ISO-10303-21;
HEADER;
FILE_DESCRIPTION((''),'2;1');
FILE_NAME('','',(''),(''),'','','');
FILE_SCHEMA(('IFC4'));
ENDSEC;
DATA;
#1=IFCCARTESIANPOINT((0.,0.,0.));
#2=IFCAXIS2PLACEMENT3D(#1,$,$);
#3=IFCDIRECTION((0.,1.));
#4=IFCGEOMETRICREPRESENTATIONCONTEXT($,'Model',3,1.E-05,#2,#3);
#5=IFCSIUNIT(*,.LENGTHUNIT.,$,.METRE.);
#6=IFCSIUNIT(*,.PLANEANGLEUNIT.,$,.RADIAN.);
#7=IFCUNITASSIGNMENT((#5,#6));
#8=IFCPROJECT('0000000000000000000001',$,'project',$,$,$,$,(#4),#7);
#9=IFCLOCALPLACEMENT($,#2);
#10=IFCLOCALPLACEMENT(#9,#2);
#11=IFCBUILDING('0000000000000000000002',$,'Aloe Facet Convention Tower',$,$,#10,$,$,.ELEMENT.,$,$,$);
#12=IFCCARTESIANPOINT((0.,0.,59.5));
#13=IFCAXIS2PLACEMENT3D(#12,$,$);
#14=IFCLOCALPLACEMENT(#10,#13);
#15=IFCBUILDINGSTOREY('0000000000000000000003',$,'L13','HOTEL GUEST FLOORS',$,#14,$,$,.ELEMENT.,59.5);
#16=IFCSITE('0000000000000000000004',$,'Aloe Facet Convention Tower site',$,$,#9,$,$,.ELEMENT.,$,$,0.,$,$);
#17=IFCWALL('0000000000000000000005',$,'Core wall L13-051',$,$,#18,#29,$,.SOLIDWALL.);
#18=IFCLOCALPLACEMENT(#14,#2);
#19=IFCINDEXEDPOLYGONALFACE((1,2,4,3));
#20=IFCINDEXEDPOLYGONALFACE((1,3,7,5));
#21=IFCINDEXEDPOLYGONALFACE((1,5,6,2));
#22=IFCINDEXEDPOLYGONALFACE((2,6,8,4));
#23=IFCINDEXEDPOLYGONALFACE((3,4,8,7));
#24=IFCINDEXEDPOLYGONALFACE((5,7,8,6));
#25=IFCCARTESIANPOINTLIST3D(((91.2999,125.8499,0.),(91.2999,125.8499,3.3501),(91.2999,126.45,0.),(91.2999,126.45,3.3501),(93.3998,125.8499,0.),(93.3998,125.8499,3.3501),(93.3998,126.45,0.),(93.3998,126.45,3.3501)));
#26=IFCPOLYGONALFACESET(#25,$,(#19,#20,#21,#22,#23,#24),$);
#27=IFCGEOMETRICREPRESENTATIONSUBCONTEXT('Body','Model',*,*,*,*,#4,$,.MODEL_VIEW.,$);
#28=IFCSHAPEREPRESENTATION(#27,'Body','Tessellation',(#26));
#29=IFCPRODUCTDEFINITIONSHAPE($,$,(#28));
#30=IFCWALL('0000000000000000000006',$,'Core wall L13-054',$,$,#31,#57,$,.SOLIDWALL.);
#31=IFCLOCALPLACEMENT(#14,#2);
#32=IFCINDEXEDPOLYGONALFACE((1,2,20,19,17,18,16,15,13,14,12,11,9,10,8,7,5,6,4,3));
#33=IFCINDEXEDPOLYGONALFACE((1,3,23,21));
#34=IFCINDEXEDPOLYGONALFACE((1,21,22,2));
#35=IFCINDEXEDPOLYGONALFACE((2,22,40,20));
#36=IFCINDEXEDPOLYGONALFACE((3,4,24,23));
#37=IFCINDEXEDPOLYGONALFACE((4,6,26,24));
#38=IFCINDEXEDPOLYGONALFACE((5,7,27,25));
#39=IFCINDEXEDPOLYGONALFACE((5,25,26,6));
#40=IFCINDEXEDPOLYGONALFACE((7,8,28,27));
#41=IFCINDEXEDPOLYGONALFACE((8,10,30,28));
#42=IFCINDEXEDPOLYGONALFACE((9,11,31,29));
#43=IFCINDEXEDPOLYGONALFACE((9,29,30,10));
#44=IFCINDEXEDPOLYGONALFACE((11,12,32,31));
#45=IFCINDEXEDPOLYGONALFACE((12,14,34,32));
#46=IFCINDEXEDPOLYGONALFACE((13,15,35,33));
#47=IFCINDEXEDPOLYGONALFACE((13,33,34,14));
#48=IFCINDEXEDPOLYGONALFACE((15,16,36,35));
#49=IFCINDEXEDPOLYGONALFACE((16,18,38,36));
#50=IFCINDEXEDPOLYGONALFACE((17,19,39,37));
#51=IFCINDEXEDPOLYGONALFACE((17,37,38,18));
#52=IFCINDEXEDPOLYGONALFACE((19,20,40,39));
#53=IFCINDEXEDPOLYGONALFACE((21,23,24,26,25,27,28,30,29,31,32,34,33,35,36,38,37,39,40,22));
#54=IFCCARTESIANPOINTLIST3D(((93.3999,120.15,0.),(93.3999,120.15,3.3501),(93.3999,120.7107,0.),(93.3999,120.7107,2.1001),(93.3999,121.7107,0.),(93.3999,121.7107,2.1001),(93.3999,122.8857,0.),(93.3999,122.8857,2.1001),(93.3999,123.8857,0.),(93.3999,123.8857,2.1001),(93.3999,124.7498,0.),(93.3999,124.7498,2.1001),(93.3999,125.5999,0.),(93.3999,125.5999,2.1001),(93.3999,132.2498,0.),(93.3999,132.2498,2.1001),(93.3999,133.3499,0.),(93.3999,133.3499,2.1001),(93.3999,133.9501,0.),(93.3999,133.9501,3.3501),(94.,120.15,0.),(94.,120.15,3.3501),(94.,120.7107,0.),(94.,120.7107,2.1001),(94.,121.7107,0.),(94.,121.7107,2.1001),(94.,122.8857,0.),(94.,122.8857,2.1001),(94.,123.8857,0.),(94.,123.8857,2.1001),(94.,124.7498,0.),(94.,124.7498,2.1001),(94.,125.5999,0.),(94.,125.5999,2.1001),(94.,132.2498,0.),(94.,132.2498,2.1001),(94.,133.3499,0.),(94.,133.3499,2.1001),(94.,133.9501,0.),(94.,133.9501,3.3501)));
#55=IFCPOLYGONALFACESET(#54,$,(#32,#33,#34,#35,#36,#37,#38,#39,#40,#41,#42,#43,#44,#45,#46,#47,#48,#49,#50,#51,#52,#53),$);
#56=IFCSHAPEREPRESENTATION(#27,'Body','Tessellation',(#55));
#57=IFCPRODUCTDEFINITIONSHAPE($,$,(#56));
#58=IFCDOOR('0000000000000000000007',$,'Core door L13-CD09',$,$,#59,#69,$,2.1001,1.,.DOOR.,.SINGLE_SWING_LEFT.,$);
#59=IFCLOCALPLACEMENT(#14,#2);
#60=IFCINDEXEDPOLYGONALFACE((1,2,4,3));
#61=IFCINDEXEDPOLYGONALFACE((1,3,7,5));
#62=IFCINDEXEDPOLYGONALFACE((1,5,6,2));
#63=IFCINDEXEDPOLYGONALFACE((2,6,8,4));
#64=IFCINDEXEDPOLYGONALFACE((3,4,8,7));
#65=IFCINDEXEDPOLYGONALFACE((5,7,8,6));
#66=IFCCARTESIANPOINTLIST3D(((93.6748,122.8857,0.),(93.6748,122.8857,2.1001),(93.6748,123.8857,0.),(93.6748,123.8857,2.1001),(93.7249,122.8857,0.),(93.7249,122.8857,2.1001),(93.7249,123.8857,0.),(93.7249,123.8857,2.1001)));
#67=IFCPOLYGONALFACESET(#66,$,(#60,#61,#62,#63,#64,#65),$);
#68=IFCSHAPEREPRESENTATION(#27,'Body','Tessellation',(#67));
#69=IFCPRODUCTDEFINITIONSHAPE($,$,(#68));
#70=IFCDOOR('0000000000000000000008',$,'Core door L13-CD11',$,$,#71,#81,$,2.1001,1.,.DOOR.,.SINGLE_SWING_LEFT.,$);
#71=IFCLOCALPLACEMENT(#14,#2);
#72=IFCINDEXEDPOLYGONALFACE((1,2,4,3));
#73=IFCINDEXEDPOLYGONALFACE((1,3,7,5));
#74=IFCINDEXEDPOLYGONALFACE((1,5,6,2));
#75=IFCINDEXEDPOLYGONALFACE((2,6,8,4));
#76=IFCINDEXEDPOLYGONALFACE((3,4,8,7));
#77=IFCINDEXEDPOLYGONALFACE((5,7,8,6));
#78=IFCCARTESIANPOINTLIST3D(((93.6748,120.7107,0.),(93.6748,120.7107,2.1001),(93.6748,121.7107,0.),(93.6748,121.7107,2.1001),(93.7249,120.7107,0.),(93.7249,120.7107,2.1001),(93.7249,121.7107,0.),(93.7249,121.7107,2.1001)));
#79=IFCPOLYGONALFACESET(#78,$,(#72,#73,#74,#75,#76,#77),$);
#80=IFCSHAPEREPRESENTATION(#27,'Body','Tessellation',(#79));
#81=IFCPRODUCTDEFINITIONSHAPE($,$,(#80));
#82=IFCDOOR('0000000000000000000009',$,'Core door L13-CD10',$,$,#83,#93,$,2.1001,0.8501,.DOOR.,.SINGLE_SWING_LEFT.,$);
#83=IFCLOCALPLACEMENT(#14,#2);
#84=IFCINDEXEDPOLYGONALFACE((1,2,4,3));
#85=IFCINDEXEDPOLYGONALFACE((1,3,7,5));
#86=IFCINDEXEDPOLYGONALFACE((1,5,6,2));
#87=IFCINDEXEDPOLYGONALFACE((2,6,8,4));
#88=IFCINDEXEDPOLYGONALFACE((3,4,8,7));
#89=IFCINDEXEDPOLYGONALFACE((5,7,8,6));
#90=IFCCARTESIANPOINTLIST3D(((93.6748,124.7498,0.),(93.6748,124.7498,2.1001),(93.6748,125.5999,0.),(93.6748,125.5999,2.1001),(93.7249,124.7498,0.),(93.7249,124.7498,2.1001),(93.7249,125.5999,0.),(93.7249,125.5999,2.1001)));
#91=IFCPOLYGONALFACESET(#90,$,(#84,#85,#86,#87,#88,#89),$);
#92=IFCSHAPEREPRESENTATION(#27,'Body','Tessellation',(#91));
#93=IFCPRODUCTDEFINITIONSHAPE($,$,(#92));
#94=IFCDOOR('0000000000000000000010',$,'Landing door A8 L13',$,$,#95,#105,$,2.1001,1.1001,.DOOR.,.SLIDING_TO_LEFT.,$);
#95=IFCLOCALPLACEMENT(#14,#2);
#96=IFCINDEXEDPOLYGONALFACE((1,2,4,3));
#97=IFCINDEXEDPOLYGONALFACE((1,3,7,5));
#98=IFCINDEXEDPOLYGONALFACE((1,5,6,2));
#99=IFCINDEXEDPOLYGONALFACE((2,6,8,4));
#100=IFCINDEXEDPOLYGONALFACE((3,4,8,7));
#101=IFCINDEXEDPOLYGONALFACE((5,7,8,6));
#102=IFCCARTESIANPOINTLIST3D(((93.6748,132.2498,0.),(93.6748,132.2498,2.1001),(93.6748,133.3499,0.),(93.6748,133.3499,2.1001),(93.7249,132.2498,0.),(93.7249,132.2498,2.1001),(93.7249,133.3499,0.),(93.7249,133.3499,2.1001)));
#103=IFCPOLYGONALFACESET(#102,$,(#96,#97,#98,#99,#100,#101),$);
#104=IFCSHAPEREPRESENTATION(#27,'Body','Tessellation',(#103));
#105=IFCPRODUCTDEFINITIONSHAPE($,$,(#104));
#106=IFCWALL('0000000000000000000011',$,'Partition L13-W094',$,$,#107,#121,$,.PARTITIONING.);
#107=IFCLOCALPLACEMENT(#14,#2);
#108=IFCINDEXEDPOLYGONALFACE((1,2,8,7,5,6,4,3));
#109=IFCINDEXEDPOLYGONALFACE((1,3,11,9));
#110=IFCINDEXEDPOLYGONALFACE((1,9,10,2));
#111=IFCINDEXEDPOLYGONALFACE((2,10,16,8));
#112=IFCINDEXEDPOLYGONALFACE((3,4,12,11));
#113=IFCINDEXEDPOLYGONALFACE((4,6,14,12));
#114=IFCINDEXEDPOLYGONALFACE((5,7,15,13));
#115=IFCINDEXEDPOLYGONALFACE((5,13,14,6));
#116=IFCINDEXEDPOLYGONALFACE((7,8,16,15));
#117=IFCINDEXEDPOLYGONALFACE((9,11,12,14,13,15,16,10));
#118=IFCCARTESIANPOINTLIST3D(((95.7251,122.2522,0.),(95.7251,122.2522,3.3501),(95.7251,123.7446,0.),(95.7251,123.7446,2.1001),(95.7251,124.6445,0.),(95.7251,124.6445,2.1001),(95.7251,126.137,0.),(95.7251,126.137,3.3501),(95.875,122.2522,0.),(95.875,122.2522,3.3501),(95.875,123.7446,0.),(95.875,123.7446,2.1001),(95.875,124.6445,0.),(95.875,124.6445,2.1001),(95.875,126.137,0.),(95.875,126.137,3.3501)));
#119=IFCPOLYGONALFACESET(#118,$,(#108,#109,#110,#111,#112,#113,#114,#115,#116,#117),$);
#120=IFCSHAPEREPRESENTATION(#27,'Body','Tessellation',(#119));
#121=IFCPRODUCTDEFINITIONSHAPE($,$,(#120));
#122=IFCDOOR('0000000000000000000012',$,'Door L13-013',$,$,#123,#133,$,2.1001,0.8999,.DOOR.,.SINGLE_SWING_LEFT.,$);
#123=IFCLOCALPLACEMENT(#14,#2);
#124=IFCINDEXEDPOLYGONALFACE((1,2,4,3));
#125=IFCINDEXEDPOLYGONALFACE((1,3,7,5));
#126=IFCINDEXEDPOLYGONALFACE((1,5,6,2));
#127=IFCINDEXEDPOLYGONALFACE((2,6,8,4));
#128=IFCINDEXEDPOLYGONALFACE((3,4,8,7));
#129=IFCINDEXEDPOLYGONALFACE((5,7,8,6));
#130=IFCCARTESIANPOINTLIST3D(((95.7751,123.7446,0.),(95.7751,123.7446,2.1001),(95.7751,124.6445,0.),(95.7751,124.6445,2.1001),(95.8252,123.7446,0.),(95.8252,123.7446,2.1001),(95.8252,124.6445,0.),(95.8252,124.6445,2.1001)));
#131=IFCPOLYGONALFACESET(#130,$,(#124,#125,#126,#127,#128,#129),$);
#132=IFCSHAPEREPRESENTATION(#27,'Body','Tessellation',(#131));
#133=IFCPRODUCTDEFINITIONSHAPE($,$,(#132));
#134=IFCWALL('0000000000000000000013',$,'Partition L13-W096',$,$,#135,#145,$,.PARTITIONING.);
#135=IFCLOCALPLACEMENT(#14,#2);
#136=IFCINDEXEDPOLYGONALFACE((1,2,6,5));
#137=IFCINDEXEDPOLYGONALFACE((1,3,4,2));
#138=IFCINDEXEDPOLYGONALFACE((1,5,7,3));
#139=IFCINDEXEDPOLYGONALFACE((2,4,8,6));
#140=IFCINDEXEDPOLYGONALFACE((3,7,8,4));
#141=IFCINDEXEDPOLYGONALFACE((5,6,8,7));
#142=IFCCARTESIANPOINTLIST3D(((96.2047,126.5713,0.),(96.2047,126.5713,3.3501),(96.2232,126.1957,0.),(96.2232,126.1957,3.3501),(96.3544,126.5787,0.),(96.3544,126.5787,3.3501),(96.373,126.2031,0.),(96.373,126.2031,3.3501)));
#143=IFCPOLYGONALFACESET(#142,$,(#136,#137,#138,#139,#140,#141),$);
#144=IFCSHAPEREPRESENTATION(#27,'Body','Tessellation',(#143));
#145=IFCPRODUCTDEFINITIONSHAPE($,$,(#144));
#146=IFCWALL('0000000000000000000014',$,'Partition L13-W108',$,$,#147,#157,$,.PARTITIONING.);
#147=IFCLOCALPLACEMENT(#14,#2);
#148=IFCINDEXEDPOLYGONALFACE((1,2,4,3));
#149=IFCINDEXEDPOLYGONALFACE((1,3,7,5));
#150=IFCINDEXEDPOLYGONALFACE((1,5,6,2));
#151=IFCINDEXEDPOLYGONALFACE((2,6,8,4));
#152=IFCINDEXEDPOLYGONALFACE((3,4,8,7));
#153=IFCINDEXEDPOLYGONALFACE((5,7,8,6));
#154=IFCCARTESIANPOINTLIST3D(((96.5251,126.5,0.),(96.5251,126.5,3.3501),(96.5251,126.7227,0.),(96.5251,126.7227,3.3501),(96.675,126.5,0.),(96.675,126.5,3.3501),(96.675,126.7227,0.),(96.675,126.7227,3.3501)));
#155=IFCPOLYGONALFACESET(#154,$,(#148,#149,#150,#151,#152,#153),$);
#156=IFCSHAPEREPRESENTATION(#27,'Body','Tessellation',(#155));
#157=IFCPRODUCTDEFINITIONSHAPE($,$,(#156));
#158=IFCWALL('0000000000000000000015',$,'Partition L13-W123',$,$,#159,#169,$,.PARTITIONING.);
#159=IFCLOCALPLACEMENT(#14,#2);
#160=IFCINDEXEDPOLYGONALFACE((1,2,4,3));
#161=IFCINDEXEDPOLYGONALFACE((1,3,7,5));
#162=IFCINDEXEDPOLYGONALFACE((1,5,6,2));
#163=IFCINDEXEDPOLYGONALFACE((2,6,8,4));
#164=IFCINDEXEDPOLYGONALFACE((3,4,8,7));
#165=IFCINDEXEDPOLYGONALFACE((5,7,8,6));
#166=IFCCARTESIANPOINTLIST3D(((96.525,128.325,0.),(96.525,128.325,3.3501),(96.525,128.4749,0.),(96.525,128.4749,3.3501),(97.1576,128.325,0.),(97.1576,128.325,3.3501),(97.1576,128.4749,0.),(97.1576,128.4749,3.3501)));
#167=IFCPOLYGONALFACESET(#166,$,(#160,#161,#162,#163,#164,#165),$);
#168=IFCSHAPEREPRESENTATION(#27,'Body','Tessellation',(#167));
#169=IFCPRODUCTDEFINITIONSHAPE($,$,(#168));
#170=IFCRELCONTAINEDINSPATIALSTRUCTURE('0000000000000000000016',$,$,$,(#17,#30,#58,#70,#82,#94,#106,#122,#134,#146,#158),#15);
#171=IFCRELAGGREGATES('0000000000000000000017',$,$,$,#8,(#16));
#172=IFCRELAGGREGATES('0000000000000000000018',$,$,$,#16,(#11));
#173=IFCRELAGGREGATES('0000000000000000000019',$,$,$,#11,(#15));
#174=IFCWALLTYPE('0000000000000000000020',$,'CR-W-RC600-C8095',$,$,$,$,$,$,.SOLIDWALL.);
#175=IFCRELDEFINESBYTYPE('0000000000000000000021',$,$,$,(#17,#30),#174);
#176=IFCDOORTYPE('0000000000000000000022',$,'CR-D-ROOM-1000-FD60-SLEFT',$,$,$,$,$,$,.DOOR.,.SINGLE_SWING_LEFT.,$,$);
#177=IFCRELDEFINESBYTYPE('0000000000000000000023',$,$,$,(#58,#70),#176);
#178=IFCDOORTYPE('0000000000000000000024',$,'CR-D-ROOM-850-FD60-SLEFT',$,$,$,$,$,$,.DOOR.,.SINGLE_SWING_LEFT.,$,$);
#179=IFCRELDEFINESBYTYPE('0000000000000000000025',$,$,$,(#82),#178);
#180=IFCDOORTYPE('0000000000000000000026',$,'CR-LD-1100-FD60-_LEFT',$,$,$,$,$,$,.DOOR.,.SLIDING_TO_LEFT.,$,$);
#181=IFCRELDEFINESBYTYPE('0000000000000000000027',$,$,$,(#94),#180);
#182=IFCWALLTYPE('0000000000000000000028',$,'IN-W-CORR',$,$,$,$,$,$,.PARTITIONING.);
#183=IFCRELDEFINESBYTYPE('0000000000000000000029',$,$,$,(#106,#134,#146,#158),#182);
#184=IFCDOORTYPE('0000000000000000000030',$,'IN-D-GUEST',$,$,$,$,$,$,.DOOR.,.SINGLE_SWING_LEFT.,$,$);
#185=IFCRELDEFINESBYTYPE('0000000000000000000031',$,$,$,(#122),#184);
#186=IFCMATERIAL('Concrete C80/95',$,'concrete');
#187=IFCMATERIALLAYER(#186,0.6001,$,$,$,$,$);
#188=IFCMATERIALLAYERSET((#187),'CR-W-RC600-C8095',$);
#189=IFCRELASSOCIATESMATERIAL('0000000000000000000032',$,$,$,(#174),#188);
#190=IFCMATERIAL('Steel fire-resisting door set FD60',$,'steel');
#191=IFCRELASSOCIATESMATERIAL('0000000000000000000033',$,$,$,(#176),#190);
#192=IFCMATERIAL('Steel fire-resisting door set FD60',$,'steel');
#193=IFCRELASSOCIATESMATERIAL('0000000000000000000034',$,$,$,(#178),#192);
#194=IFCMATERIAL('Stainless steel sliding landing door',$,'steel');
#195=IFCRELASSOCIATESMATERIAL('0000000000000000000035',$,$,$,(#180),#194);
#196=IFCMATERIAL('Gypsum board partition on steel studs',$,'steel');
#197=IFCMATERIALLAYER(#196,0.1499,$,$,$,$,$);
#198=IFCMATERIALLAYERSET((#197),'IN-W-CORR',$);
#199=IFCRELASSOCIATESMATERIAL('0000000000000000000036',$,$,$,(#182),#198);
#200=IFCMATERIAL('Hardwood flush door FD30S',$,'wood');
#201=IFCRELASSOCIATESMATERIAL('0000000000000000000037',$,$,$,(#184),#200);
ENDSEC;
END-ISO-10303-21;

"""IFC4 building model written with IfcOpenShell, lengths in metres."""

from ifc_helpers import new_model, si_unit, direction, frame, frame_2d, origin, place, context, subcontext, project, spatial, rectangle, extrude, material, layer, layer_set, type_object, element, fill, save


model = new_model("IFC4")

# Units and contexts
model_context = context("Model", 3, precision=1e-05, world=origin(), true_north=direction((0.0, 1.0)))
body_context = subcontext(model_context, "Body", "Model", "MODEL_VIEW")
ifc_project = project(units=[si_unit("LENGTHUNIT", "METRE"), si_unit("PLANEANGLEUNIT", "RADIAN")], contexts=[model_context])

# Site, building, storey
site_placement = place(None, origin())
site = spatial("IfcSite", under=ifc_project, at=site_placement, Name="Aloe Facet Convention Tower site", CompositionType="ELEMENT", RefElevation=0.0)
building_placement = place(site_placement, origin())
building = spatial("IfcBuilding", under=site, at=building_placement, Name="Aloe Facet Convention Tower", CompositionType="ELEMENT")
storey_placement = place(building_placement, frame((0.0, 0.0, 59.5)))
storey = spatial("IfcBuildingStorey", under=building, at=storey_placement, Name="L13", Description="HOTEL GUEST FLOORS", CompositionType="ELEMENT", Elevation=59.5)

# Wall
ifc_material_1 = material(Name="Concrete C80/95", Category="concrete")
ifc_layer_1 = layer(ifc_material_1, 0.6001)
ifc_layer_set_1 = layer_set([ifc_layer_1], Name="CR-W-RC600-C8095")
wall_type_1 = type_object("IfcWallType", Name="CR-W-RC600-C8095", PredefinedType="SOLIDWALL", material=ifc_layer_set_1)
wall_1_placement = place(storey_placement, frame((91.3, 126.1499, 0.0), z_axis=(0.0, 0.0, 1.0), x_axis=(1.0, 0.0, 0.0)))
element("IfcWall", 1, at=wall_1_placement, inside=storey, type_object=wall_type_1, Name="Core wall L13-051", PredefinedType="SOLIDWALL", context=body_context, shape_type="SweptSolid", body=[
    extrude(rectangle(XDim=2.0999, YDim=0.6001, at=frame_2d((1.0498, 0.0))), origin(), (0.0, 0.0, 1.0), 3.3501),
])

# Wall, openings, doors
wall_2_placement = place(storey_placement, frame((93.7, 133.95, 0.0), z_axis=(0.0, 0.0, 1.0), x_axis=(0.0, -1.0, 0.0)))
wall_2 = element("IfcWall", 2, at=wall_2_placement, inside=storey, type_object=wall_type_1, Name="Core wall L13-054", PredefinedType="SOLIDWALL", context=body_context, shape_type="SweptSolid", body=[
    extrude(rectangle(XDim=13.8, YDim=0.6001, at=frame_2d((6.8999, 0.0))), origin(), (0.0, 0.0, 1.0), 3.3501),
])
opening_1_placement = place(wall_2_placement, frame((0.6001, 0.0, 0.0)))
opening_1 = element("IfcOpeningElement", 3, at=opening_1_placement, cuts=wall_2, PredefinedType="OPENING", context=body_context, shape_type="SweptSolid", body=[
    extrude(rectangle(XDim=1.1001, YDim=2.1001, at=frame_2d((0.55, 1.05))), frame((0.0, 0.3101, 0.0), z_axis=(0.0, -1.0, 0.0), x_axis=(1.0, 0.0, 0.0)), (0.0, 0.0, 1.0), 0.6201),
])
opening_2_placement = place(wall_2_placement, frame((10.0642, 0.0, 0.0)))
opening_2 = element("IfcOpeningElement", 4, at=opening_2_placement, cuts=wall_2, PredefinedType="OPENING", context=body_context, shape_type="SweptSolid", body=[
    extrude(rectangle(XDim=1.0, YDim=2.1001, at=frame_2d((0.5, 1.05))), frame((0.0, 0.3101, 0.0), z_axis=(0.0, -1.0, 0.0), x_axis=(1.0, 0.0, 0.0)), (0.0, 0.0, 1.0), 0.6201),
])
opening_3_placement = place(wall_2_placement, frame((8.3501, 0.0, 0.0)))
opening_3 = element("IfcOpeningElement", 5, at=opening_3_placement, cuts=wall_2, PredefinedType="OPENING", context=body_context, shape_type="SweptSolid", body=[
    extrude(rectangle(XDim=0.8501, YDim=2.1001, at=frame_2d((0.425, 1.05))), frame((0.0, 0.3101, 0.0), z_axis=(0.0, -1.0, 0.0), x_axis=(1.0, 0.0, 0.0)), (0.0, 0.0, 1.0), 0.6201),
])
opening_4_placement = place(wall_2_placement, frame((12.2393, 0.0, 0.0)))
opening_4 = element("IfcOpeningElement", 6, at=opening_4_placement, cuts=wall_2, PredefinedType="OPENING", context=body_context, shape_type="SweptSolid", body=[
    extrude(rectangle(XDim=1.0, YDim=2.1001, at=frame_2d((0.5, 1.05))), frame((0.0, 0.3101, 0.0), z_axis=(0.0, -1.0, 0.0), x_axis=(1.0, 0.0, 0.0)), (0.0, 0.0, 1.0), 0.6201),
])
ifc_material_2 = material(Name="Steel fire-resisting door set FD60", Category="steel")
door_type_1 = type_object("IfcDoorType", Name="CR-D-ROOM-1000-FD60-SLEFT", OperationType="SINGLE_SWING_LEFT", PredefinedType="DOOR", material=ifc_material_2)
door_1_placement = place(opening_2_placement, origin())
door_1 = element("IfcDoor", 7, at=door_1_placement, inside=storey, type_object=door_type_1, Name="Core door L13-CD09", OperationType="SINGLE_SWING_LEFT", OverallHeight=2.1001, OverallWidth=1.0, PredefinedType="DOOR", context=body_context, shape_type="SweptSolid", body=[
    extrude(rectangle(XDim=1.0, YDim=2.1001, at=frame_2d((0.5, 1.05))), frame((0.0, 0.0249, 0.0), z_axis=(0.0, -1.0, 0.0), x_axis=(1.0, 0.0, 0.0)), (0.0, 0.0, 1.0), 0.05),
])
fill(opening_2, door_1)
door_2_placement = place(opening_4_placement, origin())
door_2 = element("IfcDoor", 8, at=door_2_placement, inside=storey, type_object=door_type_1, Name="Core door L13-CD11", OperationType="SINGLE_SWING_LEFT", OverallHeight=2.1001, OverallWidth=1.0, PredefinedType="DOOR", context=body_context, shape_type="SweptSolid", body=[
    extrude(rectangle(XDim=1.0, YDim=2.1001, at=frame_2d((0.5, 1.05))), frame((0.0, 0.0249, 0.0), z_axis=(0.0, -1.0, 0.0), x_axis=(1.0, 0.0, 0.0)), (0.0, 0.0, 1.0), 0.05),
])
fill(opening_4, door_2)
ifc_material_3 = material(Name="Steel fire-resisting door set FD60", Category="steel")
door_type_2 = type_object("IfcDoorType", Name="CR-D-ROOM-850-FD60-SLEFT", OperationType="SINGLE_SWING_LEFT", PredefinedType="DOOR", material=ifc_material_3)
door_3_placement = place(opening_3_placement, origin())
door_3 = element("IfcDoor", 9, at=door_3_placement, inside=storey, type_object=door_type_2, Name="Core door L13-CD10", OperationType="SINGLE_SWING_LEFT", OverallHeight=2.1001, OverallWidth=0.8501, PredefinedType="DOOR", context=body_context, shape_type="SweptSolid", body=[
    extrude(rectangle(XDim=0.8501, YDim=2.1001, at=frame_2d((0.425, 1.05))), frame((0.0, 0.0249, 0.0), z_axis=(0.0, -1.0, 0.0), x_axis=(1.0, 0.0, 0.0)), (0.0, 0.0, 1.0), 0.05),
])
fill(opening_3, door_3)
ifc_material_4 = material(Name="Stainless steel sliding landing door", Category="steel")
door_type_3 = type_object("IfcDoorType", Name="CR-LD-1100-FD60-_LEFT", OperationType="SLIDING_TO_LEFT", PredefinedType="DOOR", material=ifc_material_4)
door_4_placement = place(opening_1_placement, origin())
door_4 = element("IfcDoor", 10, at=door_4_placement, inside=storey, type_object=door_type_3, Name="Landing door A8 L13", OperationType="SLIDING_TO_LEFT", OverallHeight=2.1001, OverallWidth=1.1001, PredefinedType="DOOR", context=body_context, shape_type="SweptSolid", body=[
    extrude(rectangle(XDim=1.1001, YDim=2.1001, at=frame_2d((0.55, 1.05))), frame((0.0, 0.0249, 0.0), z_axis=(0.0, -1.0, 0.0), x_axis=(1.0, 0.0, 0.0)), (0.0, 0.0, 1.0), 0.05),
])
fill(opening_1, door_4)

# Wall, opening, door
ifc_material_5 = material(Name="Gypsum board partition on steel studs", Category="steel")
ifc_layer_2 = layer(ifc_material_5, 0.1499)
ifc_layer_set_2 = layer_set([ifc_layer_2], Name="IN-W-CORR")
wall_type_2 = type_object("IfcWallType", Name="IN-W-CORR", PredefinedType="PARTITIONING", material=ifc_layer_set_2)
wall_3_placement = place(storey_placement, frame((95.8, 122.2522, 0.0), z_axis=(0.0, 0.0, 1.0), x_axis=(0.0, 1.0, 0.0)))
wall_3 = element("IfcWall", 11, at=wall_3_placement, inside=storey, type_object=wall_type_2, Name="Partition L13-W094", PredefinedType="PARTITIONING", context=body_context, shape_type="SweptSolid", body=[
    extrude(rectangle(XDim=3.8848, YDim=0.1499, at=frame_2d((1.9424, 0.0))), origin(), (0.0, 0.0, 1.0), 3.3501),
])
opening_5_placement = place(wall_3_placement, frame((1.4924, 0.0, 0.0)))
opening_5 = element("IfcOpeningElement", 12, at=opening_5_placement, cuts=wall_3, PredefinedType="OPENING", context=body_context, shape_type="SweptSolid", body=[
    extrude(rectangle(XDim=0.8999, YDim=2.1001, at=frame_2d((0.45, 1.05))), frame((0.0, 0.085, 0.0), z_axis=(0.0, -1.0, 0.0), x_axis=(1.0, 0.0, 0.0)), (0.0, 0.0, 1.0), 0.1699),
])
ifc_material_6 = material(Name="Hardwood flush door FD30S", Category="wood")
door_type_4 = type_object("IfcDoorType", Name="IN-D-GUEST", OperationType="SINGLE_SWING_LEFT", PredefinedType="DOOR", material=ifc_material_6)
door_5_placement = place(opening_5_placement, origin())
door_5 = element("IfcDoor", 13, at=door_5_placement, inside=storey, type_object=door_type_4, Name="Door L13-013", OperationType="SINGLE_SWING_LEFT", OverallHeight=2.1001, OverallWidth=0.8999, PredefinedType="DOOR", context=body_context, shape_type="SweptSolid", body=[
    extrude(rectangle(XDim=0.8999, YDim=2.1001, at=frame_2d((0.45, 1.05))), frame((0.0, 0.0249, 0.0), z_axis=(0.0, -1.0, 0.0), x_axis=(1.0, 0.0, 0.0)), (0.0, 0.0, 1.0), 0.05),
])
fill(opening_5, door_5)

# Walls
wall_4_placement = place(storey_placement, frame((96.2795, 126.575, 0.0), z_axis=(0.0, 0.0, 1.0), x_axis=(0.049355, -0.998781, 0.0)))
element("IfcWall", 14, at=wall_4_placement, inside=storey, type_object=wall_type_2, Name="Partition L13-W096", PredefinedType="PARTITIONING", context=body_context, shape_type="SweptSolid", body=[
    extrude(rectangle(XDim=0.376, YDim=0.1499, at=frame_2d((0.188, 0.0))), origin(), (0.0, 0.0, 1.0), 3.3501),
])
wall_5_placement = place(storey_placement, frame((96.6001, 126.5, 0.0), z_axis=(0.0, 0.0, 1.0), x_axis=(0.0, 1.0, 0.0)))
element("IfcWall", 15, at=wall_5_placement, inside=storey, type_object=wall_type_2, Name="Partition L13-W108", PredefinedType="PARTITIONING", context=body_context, shape_type="SweptSolid", body=[
    extrude(rectangle(XDim=0.2227, YDim=0.1499, at=frame_2d((0.1113, 0.0))), origin(), (0.0, 0.0, 1.0), 3.3501),
])
wall_6_placement = place(storey_placement, frame((96.5249, 128.3999, 0.0), z_axis=(0.0, 0.0, 1.0), x_axis=(1.0, 0.0, 0.0)))
element("IfcWall", 16, at=wall_6_placement, inside=storey, type_object=wall_type_2, Name="Partition L13-W123", PredefinedType="PARTITIONING", context=body_context, shape_type="SweptSolid", body=[
    extrude(rectangle(XDim=0.6326, YDim=0.1499, at=frame_2d((0.3164, 0.0))), origin(), (0.0, 0.0, 1.0), 3.3501),
])

save(model, "model.ifc")
